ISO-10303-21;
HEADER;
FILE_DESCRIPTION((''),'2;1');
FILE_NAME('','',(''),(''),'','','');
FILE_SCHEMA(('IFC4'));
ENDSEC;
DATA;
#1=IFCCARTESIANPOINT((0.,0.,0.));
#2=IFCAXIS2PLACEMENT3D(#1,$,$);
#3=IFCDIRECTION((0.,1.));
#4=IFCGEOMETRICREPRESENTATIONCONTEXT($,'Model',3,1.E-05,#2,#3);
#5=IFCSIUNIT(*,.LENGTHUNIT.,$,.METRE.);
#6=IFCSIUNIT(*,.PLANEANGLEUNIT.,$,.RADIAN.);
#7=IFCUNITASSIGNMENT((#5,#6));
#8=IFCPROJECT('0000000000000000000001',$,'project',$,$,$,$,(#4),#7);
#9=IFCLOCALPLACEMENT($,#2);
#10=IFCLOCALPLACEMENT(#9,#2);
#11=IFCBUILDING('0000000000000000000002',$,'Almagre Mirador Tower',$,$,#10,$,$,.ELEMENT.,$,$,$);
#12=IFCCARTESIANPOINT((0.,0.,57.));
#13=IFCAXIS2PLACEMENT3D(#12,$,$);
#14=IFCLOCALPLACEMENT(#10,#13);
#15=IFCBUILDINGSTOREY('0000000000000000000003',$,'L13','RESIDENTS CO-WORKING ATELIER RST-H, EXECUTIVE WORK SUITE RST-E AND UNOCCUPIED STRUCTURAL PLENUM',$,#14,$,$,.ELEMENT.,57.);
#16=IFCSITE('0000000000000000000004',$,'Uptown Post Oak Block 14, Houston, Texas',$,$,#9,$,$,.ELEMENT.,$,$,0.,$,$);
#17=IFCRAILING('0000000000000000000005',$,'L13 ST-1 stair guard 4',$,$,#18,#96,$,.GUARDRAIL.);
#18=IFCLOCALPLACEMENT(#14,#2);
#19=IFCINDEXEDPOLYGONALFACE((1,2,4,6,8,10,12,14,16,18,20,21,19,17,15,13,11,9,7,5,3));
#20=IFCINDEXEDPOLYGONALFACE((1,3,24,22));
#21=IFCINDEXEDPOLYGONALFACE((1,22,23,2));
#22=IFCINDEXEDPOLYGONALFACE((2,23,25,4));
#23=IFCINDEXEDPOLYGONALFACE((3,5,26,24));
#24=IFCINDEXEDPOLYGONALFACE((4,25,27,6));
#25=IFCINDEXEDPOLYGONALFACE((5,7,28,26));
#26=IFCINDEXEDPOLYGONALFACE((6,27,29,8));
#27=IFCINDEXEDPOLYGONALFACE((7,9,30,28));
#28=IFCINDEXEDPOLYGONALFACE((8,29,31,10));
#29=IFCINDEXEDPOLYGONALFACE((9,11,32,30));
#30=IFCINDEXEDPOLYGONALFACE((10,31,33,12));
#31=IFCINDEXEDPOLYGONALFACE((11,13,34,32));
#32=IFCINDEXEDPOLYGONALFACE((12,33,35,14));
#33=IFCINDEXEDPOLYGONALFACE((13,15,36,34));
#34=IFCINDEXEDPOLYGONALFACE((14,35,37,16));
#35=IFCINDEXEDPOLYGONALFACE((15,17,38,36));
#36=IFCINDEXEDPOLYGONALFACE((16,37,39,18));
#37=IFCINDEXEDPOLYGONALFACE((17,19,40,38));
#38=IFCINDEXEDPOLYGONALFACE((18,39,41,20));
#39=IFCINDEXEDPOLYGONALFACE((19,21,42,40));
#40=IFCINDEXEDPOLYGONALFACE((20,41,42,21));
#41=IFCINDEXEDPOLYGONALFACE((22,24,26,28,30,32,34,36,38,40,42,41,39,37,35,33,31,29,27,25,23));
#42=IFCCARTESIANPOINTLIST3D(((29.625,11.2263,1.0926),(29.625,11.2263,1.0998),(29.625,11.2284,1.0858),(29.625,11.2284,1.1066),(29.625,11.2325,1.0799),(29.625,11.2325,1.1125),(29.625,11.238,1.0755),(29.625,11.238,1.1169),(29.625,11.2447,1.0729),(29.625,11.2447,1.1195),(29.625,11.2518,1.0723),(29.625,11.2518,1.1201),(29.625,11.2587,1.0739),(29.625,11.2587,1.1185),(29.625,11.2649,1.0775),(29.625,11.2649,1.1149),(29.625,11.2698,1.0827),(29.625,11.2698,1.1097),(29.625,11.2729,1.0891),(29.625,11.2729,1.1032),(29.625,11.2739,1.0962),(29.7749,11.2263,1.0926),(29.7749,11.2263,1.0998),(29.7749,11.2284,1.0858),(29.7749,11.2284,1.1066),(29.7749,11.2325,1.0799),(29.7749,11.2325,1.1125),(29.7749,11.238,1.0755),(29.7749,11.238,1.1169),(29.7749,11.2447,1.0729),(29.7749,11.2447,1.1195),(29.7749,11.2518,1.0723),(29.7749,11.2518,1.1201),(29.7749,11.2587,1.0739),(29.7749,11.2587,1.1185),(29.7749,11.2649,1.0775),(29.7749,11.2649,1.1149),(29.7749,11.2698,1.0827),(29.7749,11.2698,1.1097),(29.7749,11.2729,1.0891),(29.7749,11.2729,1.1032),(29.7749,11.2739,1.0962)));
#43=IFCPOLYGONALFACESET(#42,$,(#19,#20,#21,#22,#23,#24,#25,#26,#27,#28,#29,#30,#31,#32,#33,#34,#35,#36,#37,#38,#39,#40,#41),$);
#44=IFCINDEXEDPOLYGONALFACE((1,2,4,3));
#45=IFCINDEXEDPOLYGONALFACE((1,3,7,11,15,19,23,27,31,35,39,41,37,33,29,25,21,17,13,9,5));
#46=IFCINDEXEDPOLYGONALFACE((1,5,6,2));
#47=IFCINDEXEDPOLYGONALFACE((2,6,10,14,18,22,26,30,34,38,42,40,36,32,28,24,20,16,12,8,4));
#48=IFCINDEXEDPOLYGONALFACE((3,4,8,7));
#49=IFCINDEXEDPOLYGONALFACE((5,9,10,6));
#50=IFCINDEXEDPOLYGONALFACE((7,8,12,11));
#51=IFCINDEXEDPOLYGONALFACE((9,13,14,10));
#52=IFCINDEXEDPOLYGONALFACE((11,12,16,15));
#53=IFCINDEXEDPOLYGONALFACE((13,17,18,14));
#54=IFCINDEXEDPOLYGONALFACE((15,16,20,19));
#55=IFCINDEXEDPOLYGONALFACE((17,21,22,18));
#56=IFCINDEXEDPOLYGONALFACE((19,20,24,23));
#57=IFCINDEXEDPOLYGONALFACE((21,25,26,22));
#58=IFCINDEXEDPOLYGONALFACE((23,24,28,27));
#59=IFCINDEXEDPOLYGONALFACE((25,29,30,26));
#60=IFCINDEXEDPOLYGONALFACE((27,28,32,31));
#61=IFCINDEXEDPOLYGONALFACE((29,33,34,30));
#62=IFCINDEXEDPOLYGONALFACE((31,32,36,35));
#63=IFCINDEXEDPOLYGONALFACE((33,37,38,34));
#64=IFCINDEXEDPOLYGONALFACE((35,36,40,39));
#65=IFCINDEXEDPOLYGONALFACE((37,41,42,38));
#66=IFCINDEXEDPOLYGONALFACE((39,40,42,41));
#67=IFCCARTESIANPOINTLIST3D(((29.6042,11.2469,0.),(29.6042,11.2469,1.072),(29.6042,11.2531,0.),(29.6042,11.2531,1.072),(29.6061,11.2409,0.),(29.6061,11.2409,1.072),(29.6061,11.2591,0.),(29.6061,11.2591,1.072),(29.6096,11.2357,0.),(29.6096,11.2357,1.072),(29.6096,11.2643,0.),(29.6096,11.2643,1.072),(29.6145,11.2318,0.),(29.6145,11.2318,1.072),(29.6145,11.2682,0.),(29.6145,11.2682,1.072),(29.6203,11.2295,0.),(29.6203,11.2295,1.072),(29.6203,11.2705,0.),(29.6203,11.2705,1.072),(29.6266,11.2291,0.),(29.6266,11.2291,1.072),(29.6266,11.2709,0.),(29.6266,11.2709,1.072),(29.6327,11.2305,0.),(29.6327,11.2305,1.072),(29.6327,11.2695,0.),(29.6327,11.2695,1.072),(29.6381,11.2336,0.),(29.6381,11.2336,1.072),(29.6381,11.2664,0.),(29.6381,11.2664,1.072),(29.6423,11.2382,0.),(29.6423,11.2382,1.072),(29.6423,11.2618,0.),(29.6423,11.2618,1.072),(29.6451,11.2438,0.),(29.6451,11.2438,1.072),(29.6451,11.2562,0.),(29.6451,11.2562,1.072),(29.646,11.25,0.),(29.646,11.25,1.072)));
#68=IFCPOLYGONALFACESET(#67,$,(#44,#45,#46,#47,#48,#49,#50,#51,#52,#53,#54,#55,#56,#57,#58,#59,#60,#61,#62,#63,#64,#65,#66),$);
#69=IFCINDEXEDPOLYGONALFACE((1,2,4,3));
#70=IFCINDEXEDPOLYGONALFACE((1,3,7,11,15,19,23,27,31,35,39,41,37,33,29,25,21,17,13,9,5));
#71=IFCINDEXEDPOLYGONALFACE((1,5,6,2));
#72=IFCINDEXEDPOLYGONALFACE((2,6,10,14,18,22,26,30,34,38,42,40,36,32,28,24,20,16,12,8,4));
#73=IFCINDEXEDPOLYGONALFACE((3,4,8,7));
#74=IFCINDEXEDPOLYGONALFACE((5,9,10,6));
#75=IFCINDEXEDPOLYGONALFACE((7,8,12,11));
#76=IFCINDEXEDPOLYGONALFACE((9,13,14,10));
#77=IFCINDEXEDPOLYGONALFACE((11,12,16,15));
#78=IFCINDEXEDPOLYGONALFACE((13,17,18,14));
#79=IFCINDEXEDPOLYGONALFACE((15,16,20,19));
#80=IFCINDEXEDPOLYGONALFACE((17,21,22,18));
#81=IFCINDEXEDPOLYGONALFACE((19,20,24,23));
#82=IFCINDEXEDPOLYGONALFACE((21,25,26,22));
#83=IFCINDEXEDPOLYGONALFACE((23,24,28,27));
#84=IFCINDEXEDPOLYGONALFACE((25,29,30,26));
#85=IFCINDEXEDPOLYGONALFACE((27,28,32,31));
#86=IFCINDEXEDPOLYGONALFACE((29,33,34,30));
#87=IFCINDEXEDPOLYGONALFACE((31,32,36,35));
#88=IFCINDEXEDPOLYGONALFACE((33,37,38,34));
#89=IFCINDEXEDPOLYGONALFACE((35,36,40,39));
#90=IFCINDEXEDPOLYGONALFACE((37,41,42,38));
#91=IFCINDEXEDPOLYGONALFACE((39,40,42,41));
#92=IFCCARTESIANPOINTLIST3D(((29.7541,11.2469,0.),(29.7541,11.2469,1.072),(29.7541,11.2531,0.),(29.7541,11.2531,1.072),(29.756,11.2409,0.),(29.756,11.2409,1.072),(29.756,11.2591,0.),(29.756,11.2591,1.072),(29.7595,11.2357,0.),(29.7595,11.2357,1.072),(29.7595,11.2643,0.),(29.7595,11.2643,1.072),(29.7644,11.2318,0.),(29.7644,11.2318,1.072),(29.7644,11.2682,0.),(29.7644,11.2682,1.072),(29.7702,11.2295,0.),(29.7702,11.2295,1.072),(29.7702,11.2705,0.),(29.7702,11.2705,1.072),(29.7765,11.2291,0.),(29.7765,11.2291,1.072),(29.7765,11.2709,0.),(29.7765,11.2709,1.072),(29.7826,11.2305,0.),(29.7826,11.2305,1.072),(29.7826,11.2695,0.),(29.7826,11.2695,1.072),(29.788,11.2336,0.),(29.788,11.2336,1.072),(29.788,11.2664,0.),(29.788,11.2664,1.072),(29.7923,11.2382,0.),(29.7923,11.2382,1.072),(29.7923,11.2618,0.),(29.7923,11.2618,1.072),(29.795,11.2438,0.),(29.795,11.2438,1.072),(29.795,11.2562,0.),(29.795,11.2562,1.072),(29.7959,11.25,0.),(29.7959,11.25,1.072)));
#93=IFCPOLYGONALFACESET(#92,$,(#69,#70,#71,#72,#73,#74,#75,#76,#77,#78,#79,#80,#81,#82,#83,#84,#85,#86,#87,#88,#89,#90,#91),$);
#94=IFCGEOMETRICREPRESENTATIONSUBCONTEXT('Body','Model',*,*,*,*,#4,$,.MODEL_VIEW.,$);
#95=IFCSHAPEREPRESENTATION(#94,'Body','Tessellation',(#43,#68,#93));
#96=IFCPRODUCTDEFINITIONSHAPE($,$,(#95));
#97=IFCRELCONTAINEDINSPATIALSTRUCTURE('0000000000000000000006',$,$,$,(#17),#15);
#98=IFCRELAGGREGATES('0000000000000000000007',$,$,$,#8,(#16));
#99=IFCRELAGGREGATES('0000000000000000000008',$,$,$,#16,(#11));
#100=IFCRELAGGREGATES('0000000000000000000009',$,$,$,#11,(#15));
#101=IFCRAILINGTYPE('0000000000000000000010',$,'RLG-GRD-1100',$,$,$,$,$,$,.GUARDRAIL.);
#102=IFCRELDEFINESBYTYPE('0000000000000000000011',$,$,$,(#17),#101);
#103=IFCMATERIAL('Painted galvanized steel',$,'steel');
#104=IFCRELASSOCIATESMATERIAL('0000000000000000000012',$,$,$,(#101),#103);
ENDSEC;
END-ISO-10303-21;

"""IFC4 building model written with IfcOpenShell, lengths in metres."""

from ifc_helpers import new_model, si_unit, direction, frame, origin, origin_2d, place, context, subcontext, project, spatial, circle, extrude, material, type_object, element, save


model = new_model("IFC4")

# Units and contexts
model_context = context("Model", 3, precision=1e-05, world=origin(), true_north=direction((0.0, 1.0)))
body_context = subcontext(model_context, "Body", "Model", "MODEL_VIEW")
ifc_project = project(units=[si_unit("LENGTHUNIT", "METRE"), si_unit("PLANEANGLEUNIT", "RADIAN")], contexts=[model_context])

# Site, building, storey
site_placement = place(None, origin())
site = spatial("IfcSite", under=ifc_project, at=site_placement, Name="Uptown Post Oak Block 14, Houston, Texas", CompositionType="ELEMENT", RefElevation=0.0)
building_placement = place(site_placement, origin())
building = spatial("IfcBuilding", under=site, at=building_placement, Name="Almagre Mirador Tower", CompositionType="ELEMENT")
storey_placement = place(building_placement, frame((0.0, 0.0, 57.0)))
storey = spatial("IfcBuildingStorey", under=building, at=storey_placement, Name="L13", Description="RESIDENTS CO-WORKING ATELIER RST-H, EXECUTIVE WORK SUITE RST-E AND UNOCCUPIED STRUCTURAL PLENUM", CompositionType="ELEMENT", Elevation=57.0)

# Railing
ifc_material_1 = material(Name="Painted galvanized steel", Category="steel")
railing_type_1 = type_object("IfcRailingType", Name="RLG-GRD-1100", PredefinedType="GUARDRAIL", material=ifc_material_1)
railing_1_placement = place(storey_placement, frame((29.625, 11.25, 0.0)))
element("IfcRailing", 1, at=railing_1_placement, inside=storey, type_object=railing_type_1, Name="L13 ST-1 stair guard 4", PredefinedType="GUARDRAIL", context=body_context, shape_type="SweptSolid", body=[
    extrude(circle(Radius=0.0239, at=origin_2d()), frame((0.0, 0.0, 1.0962), z_axis=(1.0, 0.0, 0.0), x_axis=(0.0, 1.0, 0.0)), (0.0, 0.0, 1.0), 0.1499),
    extrude(circle(Radius=0.021, at=origin_2d()), origin(), (0.0, 0.0, 1.0), 1.072),
    extrude(circle(Radius=0.021, at=origin_2d()), frame((0.1499, 0.0, 0.0)), (0.0, 0.0, 1.0), 1.072),
])

save(model, "model.ifc")
